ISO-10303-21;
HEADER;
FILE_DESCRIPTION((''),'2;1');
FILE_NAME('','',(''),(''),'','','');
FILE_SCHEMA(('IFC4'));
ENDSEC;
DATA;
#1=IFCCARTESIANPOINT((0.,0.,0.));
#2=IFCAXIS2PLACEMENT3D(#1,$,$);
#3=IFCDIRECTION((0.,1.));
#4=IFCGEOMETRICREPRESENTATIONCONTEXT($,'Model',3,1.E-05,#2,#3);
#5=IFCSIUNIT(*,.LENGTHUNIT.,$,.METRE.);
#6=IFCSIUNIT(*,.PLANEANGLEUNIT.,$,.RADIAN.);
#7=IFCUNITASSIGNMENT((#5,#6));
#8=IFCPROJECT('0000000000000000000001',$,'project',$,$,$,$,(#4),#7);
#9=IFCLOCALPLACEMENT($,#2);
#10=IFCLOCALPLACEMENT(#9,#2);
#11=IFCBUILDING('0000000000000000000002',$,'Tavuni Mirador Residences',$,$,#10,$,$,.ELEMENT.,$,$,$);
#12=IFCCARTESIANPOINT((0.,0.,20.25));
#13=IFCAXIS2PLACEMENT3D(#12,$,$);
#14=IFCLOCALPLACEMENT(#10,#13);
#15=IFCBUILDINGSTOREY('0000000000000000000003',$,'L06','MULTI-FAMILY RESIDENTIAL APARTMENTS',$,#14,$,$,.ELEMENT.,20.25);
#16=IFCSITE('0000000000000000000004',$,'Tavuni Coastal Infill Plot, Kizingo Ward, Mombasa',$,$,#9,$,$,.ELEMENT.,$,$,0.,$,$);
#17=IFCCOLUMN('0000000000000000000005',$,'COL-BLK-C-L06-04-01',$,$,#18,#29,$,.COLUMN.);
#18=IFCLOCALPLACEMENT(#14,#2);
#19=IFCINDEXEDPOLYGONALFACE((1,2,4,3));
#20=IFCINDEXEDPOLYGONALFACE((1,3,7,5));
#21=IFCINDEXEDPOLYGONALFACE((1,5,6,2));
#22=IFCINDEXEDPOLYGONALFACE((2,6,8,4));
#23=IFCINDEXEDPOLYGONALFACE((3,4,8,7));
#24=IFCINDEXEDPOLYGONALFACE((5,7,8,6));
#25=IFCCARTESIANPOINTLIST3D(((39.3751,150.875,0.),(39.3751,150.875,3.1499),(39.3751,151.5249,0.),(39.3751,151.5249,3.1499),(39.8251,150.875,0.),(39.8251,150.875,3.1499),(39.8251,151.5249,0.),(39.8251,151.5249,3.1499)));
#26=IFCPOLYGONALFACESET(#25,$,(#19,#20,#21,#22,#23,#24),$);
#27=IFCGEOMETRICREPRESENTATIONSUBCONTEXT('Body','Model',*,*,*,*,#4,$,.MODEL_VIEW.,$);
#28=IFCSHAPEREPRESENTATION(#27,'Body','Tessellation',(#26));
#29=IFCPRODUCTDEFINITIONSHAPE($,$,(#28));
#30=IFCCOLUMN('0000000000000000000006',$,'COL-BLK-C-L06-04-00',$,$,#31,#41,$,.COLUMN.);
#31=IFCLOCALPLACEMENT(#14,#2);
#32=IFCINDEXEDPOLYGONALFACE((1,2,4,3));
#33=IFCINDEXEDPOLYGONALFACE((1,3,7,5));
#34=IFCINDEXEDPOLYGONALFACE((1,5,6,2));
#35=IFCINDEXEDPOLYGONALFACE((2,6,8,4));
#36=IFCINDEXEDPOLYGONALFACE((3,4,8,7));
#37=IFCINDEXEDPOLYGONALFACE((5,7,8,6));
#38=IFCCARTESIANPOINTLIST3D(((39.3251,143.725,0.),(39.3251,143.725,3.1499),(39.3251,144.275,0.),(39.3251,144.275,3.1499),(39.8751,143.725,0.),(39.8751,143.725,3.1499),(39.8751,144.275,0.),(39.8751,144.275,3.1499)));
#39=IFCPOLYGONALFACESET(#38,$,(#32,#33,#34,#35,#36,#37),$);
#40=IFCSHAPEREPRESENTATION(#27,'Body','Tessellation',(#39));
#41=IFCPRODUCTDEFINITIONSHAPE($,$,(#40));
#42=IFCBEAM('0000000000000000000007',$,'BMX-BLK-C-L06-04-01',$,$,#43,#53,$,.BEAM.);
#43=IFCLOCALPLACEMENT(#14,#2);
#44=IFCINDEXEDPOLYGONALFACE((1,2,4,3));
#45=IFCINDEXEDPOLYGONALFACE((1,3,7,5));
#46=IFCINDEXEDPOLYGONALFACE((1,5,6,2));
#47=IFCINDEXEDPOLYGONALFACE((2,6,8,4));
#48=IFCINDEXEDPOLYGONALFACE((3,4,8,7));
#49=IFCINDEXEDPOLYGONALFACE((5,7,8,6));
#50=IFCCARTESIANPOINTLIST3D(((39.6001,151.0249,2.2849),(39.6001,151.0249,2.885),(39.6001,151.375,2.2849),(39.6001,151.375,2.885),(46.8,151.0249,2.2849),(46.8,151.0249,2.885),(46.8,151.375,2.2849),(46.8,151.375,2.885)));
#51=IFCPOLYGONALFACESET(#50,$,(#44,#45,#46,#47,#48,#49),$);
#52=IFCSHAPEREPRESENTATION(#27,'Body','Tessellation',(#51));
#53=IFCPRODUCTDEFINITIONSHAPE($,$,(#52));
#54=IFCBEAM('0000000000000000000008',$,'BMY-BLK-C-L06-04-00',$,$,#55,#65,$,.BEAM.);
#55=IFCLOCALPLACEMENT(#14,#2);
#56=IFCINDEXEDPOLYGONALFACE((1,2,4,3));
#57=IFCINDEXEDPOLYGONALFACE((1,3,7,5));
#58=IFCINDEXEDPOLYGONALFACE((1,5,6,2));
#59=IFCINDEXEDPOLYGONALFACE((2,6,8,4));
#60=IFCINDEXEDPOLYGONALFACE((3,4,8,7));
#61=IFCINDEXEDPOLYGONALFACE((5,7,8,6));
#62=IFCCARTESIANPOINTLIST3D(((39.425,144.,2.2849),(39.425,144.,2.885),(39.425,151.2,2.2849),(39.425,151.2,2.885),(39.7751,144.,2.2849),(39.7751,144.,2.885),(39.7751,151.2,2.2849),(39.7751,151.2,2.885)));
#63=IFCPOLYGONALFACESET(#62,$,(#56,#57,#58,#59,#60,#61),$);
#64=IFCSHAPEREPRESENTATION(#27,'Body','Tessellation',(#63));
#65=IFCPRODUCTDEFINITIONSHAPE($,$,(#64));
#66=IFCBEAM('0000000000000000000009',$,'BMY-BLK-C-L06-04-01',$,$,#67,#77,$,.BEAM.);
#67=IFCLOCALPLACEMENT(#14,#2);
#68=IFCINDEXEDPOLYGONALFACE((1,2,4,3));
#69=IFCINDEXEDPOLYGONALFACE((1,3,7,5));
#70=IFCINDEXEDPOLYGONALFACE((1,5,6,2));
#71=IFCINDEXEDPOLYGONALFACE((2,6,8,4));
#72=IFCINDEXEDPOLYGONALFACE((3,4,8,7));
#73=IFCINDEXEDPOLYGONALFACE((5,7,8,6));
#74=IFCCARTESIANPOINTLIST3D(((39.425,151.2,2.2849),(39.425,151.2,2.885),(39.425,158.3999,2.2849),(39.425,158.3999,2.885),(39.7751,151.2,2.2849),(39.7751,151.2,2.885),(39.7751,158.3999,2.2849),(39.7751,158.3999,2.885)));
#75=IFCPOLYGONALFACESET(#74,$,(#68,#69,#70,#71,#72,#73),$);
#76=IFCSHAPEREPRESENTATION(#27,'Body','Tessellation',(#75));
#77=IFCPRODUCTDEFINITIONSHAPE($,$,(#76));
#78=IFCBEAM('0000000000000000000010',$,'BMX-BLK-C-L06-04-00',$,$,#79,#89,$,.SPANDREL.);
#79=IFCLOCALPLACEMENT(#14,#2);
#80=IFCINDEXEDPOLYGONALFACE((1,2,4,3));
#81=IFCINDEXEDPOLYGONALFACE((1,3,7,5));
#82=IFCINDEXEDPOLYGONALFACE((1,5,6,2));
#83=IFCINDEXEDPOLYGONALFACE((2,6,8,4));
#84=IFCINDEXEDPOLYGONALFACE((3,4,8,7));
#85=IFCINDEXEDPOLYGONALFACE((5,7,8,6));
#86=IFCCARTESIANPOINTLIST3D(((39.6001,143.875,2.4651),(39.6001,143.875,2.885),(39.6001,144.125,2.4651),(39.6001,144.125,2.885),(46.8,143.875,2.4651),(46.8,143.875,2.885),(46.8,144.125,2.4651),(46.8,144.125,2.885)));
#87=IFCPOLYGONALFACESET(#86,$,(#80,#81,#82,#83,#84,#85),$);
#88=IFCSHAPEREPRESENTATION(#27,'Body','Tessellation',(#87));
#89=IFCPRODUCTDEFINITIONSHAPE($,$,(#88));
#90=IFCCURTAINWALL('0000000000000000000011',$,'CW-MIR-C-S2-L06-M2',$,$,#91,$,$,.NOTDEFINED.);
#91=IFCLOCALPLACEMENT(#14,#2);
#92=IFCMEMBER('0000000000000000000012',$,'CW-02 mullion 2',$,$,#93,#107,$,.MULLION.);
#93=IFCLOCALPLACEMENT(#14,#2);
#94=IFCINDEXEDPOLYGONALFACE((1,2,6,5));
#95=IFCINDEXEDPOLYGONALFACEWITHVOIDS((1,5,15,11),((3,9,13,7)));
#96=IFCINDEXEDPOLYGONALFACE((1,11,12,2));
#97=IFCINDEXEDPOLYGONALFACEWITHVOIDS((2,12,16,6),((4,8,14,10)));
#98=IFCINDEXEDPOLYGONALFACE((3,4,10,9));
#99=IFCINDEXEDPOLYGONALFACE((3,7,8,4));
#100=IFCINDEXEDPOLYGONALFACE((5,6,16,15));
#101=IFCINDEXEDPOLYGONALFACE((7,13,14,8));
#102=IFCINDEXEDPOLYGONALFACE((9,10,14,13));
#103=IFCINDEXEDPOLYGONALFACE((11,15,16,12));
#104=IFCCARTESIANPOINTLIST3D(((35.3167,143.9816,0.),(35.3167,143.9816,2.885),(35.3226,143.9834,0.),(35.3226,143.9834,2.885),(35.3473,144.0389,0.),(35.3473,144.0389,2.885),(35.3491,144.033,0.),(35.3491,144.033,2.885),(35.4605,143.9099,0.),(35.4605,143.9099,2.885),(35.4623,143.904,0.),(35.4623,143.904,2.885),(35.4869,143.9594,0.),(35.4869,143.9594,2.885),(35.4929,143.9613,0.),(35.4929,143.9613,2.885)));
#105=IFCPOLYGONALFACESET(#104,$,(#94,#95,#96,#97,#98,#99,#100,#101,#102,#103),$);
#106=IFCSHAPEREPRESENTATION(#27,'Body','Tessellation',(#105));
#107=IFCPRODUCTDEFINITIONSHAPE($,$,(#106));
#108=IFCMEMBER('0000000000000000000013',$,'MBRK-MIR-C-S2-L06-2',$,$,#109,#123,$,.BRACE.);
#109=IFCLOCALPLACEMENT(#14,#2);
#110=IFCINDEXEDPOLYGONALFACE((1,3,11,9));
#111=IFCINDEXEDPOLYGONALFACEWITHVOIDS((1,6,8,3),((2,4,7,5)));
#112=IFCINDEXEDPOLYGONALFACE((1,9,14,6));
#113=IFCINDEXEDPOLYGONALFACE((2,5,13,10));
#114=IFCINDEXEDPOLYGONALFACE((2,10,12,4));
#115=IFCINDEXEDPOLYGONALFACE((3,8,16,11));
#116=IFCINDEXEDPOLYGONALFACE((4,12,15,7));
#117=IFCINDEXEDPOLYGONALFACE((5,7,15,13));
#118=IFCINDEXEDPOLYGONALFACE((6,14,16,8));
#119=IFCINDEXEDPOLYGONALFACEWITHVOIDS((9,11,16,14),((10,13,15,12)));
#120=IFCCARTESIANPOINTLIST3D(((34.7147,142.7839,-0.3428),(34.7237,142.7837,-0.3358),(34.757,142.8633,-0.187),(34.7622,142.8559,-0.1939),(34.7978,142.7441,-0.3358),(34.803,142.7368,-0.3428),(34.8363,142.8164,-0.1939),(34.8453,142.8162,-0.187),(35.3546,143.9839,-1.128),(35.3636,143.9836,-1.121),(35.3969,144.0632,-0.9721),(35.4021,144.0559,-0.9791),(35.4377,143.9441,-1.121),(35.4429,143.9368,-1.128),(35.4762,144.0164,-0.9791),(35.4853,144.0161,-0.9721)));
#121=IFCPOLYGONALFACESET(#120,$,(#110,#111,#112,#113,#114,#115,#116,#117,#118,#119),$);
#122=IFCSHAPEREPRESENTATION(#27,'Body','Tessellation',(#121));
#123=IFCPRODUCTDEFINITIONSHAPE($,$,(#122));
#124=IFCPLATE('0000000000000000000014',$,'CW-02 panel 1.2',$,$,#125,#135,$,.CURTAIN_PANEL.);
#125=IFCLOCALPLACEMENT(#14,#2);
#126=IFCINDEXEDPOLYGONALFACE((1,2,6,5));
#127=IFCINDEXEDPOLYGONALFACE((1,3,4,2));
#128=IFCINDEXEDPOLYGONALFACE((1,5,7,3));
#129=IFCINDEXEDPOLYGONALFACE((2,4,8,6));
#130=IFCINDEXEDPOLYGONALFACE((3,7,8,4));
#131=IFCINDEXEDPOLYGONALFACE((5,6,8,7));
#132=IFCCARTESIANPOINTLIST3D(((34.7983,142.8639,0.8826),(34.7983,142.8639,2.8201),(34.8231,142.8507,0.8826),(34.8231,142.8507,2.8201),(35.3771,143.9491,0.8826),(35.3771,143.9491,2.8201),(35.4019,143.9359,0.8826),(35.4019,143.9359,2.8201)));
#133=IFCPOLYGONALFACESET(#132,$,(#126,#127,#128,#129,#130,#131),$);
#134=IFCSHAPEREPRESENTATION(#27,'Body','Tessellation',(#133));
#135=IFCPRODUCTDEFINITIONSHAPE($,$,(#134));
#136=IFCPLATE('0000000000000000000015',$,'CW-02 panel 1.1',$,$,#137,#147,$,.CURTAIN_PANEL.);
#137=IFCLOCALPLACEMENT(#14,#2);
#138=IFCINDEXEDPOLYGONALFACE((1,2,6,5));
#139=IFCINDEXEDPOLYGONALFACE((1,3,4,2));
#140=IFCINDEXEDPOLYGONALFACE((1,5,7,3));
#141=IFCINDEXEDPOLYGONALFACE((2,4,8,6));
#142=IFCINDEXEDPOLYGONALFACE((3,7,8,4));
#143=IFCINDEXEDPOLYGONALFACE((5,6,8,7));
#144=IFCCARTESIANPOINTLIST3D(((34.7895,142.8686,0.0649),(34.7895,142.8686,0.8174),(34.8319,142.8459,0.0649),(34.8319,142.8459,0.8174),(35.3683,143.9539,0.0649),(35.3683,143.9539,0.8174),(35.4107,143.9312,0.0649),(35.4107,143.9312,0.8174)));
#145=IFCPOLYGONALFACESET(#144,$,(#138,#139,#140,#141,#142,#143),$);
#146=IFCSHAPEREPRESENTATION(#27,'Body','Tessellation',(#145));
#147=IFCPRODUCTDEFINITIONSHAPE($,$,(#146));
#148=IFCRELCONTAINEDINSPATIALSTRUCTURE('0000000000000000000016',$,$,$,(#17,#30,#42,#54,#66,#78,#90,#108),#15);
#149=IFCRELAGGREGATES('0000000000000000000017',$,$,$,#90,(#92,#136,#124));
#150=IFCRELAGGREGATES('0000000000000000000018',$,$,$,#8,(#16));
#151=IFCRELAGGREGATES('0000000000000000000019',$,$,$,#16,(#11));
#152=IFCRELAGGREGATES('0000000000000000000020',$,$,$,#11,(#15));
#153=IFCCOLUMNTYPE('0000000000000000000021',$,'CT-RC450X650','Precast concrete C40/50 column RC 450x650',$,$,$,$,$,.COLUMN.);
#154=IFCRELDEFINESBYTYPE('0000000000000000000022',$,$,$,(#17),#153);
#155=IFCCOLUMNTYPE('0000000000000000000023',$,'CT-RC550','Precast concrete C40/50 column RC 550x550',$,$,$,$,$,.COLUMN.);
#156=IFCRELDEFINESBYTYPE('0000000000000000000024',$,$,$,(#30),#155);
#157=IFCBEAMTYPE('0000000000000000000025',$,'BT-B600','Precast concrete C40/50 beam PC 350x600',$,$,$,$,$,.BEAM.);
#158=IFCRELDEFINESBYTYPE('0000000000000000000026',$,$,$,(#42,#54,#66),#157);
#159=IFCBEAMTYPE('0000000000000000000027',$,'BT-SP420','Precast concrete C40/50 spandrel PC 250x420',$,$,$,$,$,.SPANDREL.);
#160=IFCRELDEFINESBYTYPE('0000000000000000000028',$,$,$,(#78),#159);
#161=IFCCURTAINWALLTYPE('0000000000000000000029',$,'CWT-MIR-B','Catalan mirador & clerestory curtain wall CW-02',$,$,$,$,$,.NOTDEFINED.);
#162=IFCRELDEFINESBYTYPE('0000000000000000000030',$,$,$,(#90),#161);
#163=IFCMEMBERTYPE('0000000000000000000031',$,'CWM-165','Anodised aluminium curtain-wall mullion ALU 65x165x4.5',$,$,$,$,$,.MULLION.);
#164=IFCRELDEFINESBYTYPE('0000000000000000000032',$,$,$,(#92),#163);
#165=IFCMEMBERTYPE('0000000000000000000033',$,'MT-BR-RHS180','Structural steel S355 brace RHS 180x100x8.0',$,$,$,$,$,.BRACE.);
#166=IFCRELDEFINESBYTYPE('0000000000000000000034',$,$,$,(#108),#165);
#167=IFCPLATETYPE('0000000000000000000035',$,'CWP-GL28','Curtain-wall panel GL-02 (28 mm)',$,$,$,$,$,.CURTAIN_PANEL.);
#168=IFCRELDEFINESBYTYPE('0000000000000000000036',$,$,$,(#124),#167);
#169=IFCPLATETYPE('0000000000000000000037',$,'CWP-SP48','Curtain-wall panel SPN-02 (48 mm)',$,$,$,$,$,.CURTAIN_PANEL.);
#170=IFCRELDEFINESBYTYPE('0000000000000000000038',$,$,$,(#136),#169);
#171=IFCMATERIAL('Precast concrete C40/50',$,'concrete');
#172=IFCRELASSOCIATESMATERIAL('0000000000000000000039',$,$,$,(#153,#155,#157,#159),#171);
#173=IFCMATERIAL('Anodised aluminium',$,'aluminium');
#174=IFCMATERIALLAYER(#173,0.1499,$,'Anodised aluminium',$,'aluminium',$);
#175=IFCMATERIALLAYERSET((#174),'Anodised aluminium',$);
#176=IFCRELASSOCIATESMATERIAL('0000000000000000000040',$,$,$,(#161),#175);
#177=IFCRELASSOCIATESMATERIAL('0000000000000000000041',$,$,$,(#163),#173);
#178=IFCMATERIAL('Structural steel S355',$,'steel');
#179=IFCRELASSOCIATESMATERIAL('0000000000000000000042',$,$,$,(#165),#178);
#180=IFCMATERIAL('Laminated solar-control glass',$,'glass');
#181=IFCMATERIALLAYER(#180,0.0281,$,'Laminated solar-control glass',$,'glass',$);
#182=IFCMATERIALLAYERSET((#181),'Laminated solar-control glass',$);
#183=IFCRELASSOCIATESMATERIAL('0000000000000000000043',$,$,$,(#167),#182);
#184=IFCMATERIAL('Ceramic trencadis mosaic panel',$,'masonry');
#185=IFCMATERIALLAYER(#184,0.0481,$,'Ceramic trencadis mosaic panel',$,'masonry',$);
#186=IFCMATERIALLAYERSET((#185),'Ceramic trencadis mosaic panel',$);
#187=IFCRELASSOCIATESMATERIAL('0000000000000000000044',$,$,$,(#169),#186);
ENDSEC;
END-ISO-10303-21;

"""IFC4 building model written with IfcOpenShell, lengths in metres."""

from ifc_helpers import new_model, si_unit, direction, frame, origin, origin_2d, place, context, subcontext, project, spatial, rectangle, hollow_rectangle, extrude, material, layer, layer_set, material_profile, profile_set, type_object, element, aggregate, save


model = new_model("IFC4")

# Units and contexts
model_context = context("Model", 3, precision=1e-05, world=origin(), true_north=direction((0.0, 1.0)))
body_context = subcontext(model_context, "Body", "Model", "MODEL_VIEW")
ifc_project = project(units=[si_unit("LENGTHUNIT", "METRE"), si_unit("PLANEANGLEUNIT", "RADIAN")], contexts=[model_context])

# Site, building, storey
site_placement = place(None, origin())
site = spatial("IfcSite", under=ifc_project, at=site_placement, Name="Tavuni Coastal Infill Plot, Kizingo Ward, Mombasa", CompositionType="ELEMENT", RefElevation=0.0)
building_placement = place(site_placement, origin())
building = spatial("IfcBuilding", under=site, at=building_placement, Name="Tavuni Mirador Residences", CompositionType="ELEMENT")
storey_placement = place(building_placement, frame((0.0, 0.0, 20.25)))
storey = spatial("IfcBuildingStorey", under=building, at=storey_placement, Name="L06", Description="MULTI-FAMILY RESIDENTIAL APARTMENTS", CompositionType="ELEMENT", Elevation=20.25)

# Columns
ifc_material_1 = material(Name="Precast concrete C40/50", Category="concrete")
ifc_material_profile_1 = material_profile(ifc_material_1, rectangle(XDim=0.45, YDim=0.6499, at=origin_2d()), Name="RC 450x650", Category="concrete")
ifc_profile_set_1 = profile_set([ifc_material_profile_1], Name="Precast concrete C40/50")
column_type_1 = type_object("IfcColumnType", Name="CT-RC450X650", Description="Precast concrete C40/50 column RC 450x650", PredefinedType="COLUMN", material=ifc_profile_set_1)
column_1_placement = place(storey_placement, frame((39.6001, 151.2, 0.0), z_axis=(0.0, 0.0, 1.0), x_axis=(1.0, 0.0, 0.0)))
element("IfcColumn", 1, at=column_1_placement, inside=storey, type_object=column_type_1, Name="COL-BLK-C-L06-04-01", PredefinedType="COLUMN", context=body_context, shape_type="SweptSolid", body=[
    extrude(rectangle(XDim=0.45, YDim=0.6499, at=origin_2d()), origin(), (0.0, 0.0, 1.0), 3.1499),
])
ifc_material_profile_2 = material_profile(ifc_material_1, rectangle(XDim=0.55, YDim=0.55, at=origin_2d()), Name="RC 550x550", Category="concrete")
ifc_profile_set_2 = profile_set([ifc_material_profile_2], Name="Precast concrete C40/50")
column_type_2 = type_object("IfcColumnType", Name="CT-RC550", Description="Precast concrete C40/50 column RC 550x550", PredefinedType="COLUMN", material=ifc_profile_set_2)
column_2_placement = place(storey_placement, frame((39.6001, 144.0, 0.0), z_axis=(0.0, 0.0, 1.0), x_axis=(1.0, 0.0, 0.0)))
element("IfcColumn", 2, at=column_2_placement, inside=storey, type_object=column_type_2, Name="COL-BLK-C-L06-04-00", PredefinedType="COLUMN", context=body_context, shape_type="SweptSolid", body=[
    extrude(rectangle(XDim=0.55, YDim=0.55, at=origin_2d()), origin(), (0.0, 0.0, 1.0), 3.1499),
])

# Beams
ifc_material_profile_3 = material_profile(ifc_material_1, rectangle(XDim=0.3501, YDim=0.6001, at=origin_2d()), Name="PC 350x600", Category="concrete")
ifc_profile_set_3 = profile_set([ifc_material_profile_3], Name="Precast concrete C40/50")
beam_type_1 = type_object("IfcBeamType", Name="BT-B600", Description="Precast concrete C40/50 beam PC 350x600", PredefinedType="BEAM", material=ifc_profile_set_3)
for number, where, z_axis, x_axis, name in (
    (3, (39.6001, 151.2, 2.585), (1.0, 0.0, 0.0), (0.0, 1.0, 0.0), "BMX-BLK-C-L06-04-01"),
    (4, (39.6001, 144.0, 2.585), (0.0, 1.0, 0.0), (-1.0, 0.0, 0.0), "BMY-BLK-C-L06-04-00"),
    (5, (39.6001, 151.2, 2.585), (0.0, 1.0, 0.0), (-1.0, 0.0, 0.0), "BMY-BLK-C-L06-04-01"),
):
    element("IfcBeam", number, at=place(storey_placement, frame(where, z_axis=z_axis, x_axis=x_axis)), inside=storey, type_object=beam_type_1, Name=name, PredefinedType="BEAM", context=body_context, shape_type="SweptSolid", body=[
        extrude(rectangle(XDim=0.3501, YDim=0.6001, at=origin_2d()), origin(), (0.0, 0.0, 1.0), 7.2),
    ])
ifc_material_profile_4 = material_profile(ifc_material_1, rectangle(XDim=0.25, YDim=0.4199, at=origin_2d()), Name="PC 250x420", Category="concrete")
ifc_profile_set_4 = profile_set([ifc_material_profile_4], Name="Precast concrete C40/50")
beam_type_2 = type_object("IfcBeamType", Name="BT-SP420", Description="Precast concrete C40/50 spandrel PC 250x420", PredefinedType="SPANDREL", material=ifc_profile_set_4)
beam_placement = place(storey_placement, frame((39.6001, 144.0, 2.675), z_axis=(1.0, 0.0, 0.0), x_axis=(0.0, 1.0, 0.0)))
element("IfcBeam", 6, at=beam_placement, inside=storey, type_object=beam_type_2, Name="BMX-BLK-C-L06-04-00", PredefinedType="SPANDREL", context=body_context, shape_type="SweptSolid", body=[
    extrude(rectangle(XDim=0.25, YDim=0.4199, at=origin_2d()), origin(), (0.0, 0.0, 1.0), 7.2),
])

# Curtain wall, member
ifc_material_2 = material(Name="Anodised aluminium", Category="aluminium")
ifc_layer_1 = layer(ifc_material_2, 0.1499, Name="Anodised aluminium", Category="aluminium")
ifc_layer_set_1 = layer_set([ifc_layer_1], Name="Anodised aluminium")
curtain_wall_type = type_object("IfcCurtainWallType", Name="CWT-MIR-B", Description="Catalan mirador & clerestory curtain wall CW-02", PredefinedType="NOTDEFINED", material=ifc_layer_set_1)
curtain_wall_placement = place(storey_placement, origin())
curtain_wall = element("IfcCurtainWall", 7, at=curtain_wall_placement, inside=storey, type_object=curtain_wall_type, Name="CW-MIR-C-S2-L06-M2", PredefinedType="NOTDEFINED")
ifc_material_profile_5 = material_profile(ifc_material_2, hollow_rectangle(XDim=0.0649, YDim=0.165, WallThickness=0.0044, at=origin_2d()), Name="ALU 65x165x4.5", Category="aluminium")
ifc_profile_set_5 = profile_set([ifc_material_profile_5], Name="Anodised aluminium")
member_type_1 = type_object("IfcMemberType", Name="CWM-165", Description="Anodised aluminium curtain-wall mullion ALU 65x165x4.5", PredefinedType="MULLION", material=ifc_profile_set_5)
member_1_placement = place(storey_placement, frame((35.4048, 143.9714, 0.0), z_axis=(0.0, 0.0, 1.0), x_axis=(0.470588, 0.882353, 0.0)))
member_1 = element("IfcMember", 8, at=member_1_placement, type_object=member_type_1, Name="CW-02 mullion 2", PredefinedType="MULLION", context=body_context, shape_type="SweptSolid", body=[
    extrude(hollow_rectangle(XDim=0.0649, YDim=0.165, WallThickness=0.0044, at=origin_2d()), origin(), (0.0, 0.0, 1.0), 2.885),
])

# Member
ifc_material_3 = material(Name="Structural steel S355", Category="steel")
ifc_material_profile_6 = material_profile(ifc_material_3, hollow_rectangle(XDim=0.1001, YDim=0.1799, WallThickness=0.0081, at=origin_2d()), Name="RHS 180x100x8.0", Category="steel")
ifc_profile_set_6 = profile_set([ifc_material_profile_6], Name="Structural steel S355")
member_type_2 = type_object("IfcMemberType", Name="MT-BR-RHS180", Description="Structural steel S355 brace RHS 180x100x8.0", PredefinedType="BRACE", material=ifc_profile_set_6)
member_2_placement = place(storey_placement, frame((35.4199, 144.0, -1.05), z_axis=(-0.407499, -0.764158, 0.500007), x_axis=(0.882378, -0.470542, 0.0)))
element("IfcMember", 9, at=member_2_placement, inside=storey, type_object=member_type_2, Name="MBRK-MIR-C-S2-L06-2", PredefinedType="BRACE", context=body_context, shape_type="SweptSolid", body=[
    extrude(hollow_rectangle(XDim=0.1001, YDim=0.1799, WallThickness=0.0081, at=origin_2d()), origin(), (0.0, 0.0, 1.0), 1.5703),
])

# Plates
ifc_material_4 = material(Name="Laminated solar-control glass", Category="glass")
ifc_layer_2 = layer(ifc_material_4, 0.0281, Name="Laminated solar-control glass", Category="glass")
ifc_layer_set_2 = layer_set([ifc_layer_2], Name="Laminated solar-control glass")
plate_type_1 = type_object("IfcPlateType", Name="CWP-GL28", Description="Curtain-wall panel GL-02 (28 mm)", PredefinedType="CURTAIN_PANEL", material=ifc_layer_set_2)
plate_1_placement = place(storey_placement, frame((35.1001, 143.3999, 0.8826), z_axis=(0.0, 0.0, 1.0), x_axis=(0.470588, 0.882353, 0.0)))
plate_1 = element("IfcPlate", 10, at=plate_1_placement, type_object=plate_type_1, Name="CW-02 panel 1.2", PredefinedType="CURTAIN_PANEL", context=body_context, shape_type="SweptSolid", body=[
    extrude(rectangle(XDim=1.23, YDim=0.0281, at=origin_2d()), origin(), (0.0, 0.0, 1.0), 1.9375),
])
ifc_material_5 = material(Name="Ceramic trencadis mosaic panel", Category="masonry")
ifc_layer_3 = layer(ifc_material_5, 0.0481, Name="Ceramic trencadis mosaic panel", Category="masonry")
ifc_layer_set_3 = layer_set([ifc_layer_3], Name="Ceramic trencadis mosaic panel")
plate_type_2 = type_object("IfcPlateType", Name="CWP-SP48", Description="Curtain-wall panel SPN-02 (48 mm)", PredefinedType="CURTAIN_PANEL", material=ifc_layer_set_3)
plate_2_placement = place(storey_placement, frame((35.1001, 143.3999, 0.0649), z_axis=(0.0, 0.0, 1.0), x_axis=(0.470588, 0.882353, 0.0)))
plate_2 = element("IfcPlate", 11, at=plate_2_placement, type_object=plate_type_2, Name="CW-02 panel 1.1", PredefinedType="CURTAIN_PANEL", context=body_context, shape_type="SweptSolid", body=[
    extrude(rectangle(XDim=1.23, YDim=0.0481, at=origin_2d()), origin(), (0.0, 0.0, 1.0), 0.7524),
])
aggregate(curtain_wall, [member_1, plate_2, plate_1])

save(model, "model.ifc")
